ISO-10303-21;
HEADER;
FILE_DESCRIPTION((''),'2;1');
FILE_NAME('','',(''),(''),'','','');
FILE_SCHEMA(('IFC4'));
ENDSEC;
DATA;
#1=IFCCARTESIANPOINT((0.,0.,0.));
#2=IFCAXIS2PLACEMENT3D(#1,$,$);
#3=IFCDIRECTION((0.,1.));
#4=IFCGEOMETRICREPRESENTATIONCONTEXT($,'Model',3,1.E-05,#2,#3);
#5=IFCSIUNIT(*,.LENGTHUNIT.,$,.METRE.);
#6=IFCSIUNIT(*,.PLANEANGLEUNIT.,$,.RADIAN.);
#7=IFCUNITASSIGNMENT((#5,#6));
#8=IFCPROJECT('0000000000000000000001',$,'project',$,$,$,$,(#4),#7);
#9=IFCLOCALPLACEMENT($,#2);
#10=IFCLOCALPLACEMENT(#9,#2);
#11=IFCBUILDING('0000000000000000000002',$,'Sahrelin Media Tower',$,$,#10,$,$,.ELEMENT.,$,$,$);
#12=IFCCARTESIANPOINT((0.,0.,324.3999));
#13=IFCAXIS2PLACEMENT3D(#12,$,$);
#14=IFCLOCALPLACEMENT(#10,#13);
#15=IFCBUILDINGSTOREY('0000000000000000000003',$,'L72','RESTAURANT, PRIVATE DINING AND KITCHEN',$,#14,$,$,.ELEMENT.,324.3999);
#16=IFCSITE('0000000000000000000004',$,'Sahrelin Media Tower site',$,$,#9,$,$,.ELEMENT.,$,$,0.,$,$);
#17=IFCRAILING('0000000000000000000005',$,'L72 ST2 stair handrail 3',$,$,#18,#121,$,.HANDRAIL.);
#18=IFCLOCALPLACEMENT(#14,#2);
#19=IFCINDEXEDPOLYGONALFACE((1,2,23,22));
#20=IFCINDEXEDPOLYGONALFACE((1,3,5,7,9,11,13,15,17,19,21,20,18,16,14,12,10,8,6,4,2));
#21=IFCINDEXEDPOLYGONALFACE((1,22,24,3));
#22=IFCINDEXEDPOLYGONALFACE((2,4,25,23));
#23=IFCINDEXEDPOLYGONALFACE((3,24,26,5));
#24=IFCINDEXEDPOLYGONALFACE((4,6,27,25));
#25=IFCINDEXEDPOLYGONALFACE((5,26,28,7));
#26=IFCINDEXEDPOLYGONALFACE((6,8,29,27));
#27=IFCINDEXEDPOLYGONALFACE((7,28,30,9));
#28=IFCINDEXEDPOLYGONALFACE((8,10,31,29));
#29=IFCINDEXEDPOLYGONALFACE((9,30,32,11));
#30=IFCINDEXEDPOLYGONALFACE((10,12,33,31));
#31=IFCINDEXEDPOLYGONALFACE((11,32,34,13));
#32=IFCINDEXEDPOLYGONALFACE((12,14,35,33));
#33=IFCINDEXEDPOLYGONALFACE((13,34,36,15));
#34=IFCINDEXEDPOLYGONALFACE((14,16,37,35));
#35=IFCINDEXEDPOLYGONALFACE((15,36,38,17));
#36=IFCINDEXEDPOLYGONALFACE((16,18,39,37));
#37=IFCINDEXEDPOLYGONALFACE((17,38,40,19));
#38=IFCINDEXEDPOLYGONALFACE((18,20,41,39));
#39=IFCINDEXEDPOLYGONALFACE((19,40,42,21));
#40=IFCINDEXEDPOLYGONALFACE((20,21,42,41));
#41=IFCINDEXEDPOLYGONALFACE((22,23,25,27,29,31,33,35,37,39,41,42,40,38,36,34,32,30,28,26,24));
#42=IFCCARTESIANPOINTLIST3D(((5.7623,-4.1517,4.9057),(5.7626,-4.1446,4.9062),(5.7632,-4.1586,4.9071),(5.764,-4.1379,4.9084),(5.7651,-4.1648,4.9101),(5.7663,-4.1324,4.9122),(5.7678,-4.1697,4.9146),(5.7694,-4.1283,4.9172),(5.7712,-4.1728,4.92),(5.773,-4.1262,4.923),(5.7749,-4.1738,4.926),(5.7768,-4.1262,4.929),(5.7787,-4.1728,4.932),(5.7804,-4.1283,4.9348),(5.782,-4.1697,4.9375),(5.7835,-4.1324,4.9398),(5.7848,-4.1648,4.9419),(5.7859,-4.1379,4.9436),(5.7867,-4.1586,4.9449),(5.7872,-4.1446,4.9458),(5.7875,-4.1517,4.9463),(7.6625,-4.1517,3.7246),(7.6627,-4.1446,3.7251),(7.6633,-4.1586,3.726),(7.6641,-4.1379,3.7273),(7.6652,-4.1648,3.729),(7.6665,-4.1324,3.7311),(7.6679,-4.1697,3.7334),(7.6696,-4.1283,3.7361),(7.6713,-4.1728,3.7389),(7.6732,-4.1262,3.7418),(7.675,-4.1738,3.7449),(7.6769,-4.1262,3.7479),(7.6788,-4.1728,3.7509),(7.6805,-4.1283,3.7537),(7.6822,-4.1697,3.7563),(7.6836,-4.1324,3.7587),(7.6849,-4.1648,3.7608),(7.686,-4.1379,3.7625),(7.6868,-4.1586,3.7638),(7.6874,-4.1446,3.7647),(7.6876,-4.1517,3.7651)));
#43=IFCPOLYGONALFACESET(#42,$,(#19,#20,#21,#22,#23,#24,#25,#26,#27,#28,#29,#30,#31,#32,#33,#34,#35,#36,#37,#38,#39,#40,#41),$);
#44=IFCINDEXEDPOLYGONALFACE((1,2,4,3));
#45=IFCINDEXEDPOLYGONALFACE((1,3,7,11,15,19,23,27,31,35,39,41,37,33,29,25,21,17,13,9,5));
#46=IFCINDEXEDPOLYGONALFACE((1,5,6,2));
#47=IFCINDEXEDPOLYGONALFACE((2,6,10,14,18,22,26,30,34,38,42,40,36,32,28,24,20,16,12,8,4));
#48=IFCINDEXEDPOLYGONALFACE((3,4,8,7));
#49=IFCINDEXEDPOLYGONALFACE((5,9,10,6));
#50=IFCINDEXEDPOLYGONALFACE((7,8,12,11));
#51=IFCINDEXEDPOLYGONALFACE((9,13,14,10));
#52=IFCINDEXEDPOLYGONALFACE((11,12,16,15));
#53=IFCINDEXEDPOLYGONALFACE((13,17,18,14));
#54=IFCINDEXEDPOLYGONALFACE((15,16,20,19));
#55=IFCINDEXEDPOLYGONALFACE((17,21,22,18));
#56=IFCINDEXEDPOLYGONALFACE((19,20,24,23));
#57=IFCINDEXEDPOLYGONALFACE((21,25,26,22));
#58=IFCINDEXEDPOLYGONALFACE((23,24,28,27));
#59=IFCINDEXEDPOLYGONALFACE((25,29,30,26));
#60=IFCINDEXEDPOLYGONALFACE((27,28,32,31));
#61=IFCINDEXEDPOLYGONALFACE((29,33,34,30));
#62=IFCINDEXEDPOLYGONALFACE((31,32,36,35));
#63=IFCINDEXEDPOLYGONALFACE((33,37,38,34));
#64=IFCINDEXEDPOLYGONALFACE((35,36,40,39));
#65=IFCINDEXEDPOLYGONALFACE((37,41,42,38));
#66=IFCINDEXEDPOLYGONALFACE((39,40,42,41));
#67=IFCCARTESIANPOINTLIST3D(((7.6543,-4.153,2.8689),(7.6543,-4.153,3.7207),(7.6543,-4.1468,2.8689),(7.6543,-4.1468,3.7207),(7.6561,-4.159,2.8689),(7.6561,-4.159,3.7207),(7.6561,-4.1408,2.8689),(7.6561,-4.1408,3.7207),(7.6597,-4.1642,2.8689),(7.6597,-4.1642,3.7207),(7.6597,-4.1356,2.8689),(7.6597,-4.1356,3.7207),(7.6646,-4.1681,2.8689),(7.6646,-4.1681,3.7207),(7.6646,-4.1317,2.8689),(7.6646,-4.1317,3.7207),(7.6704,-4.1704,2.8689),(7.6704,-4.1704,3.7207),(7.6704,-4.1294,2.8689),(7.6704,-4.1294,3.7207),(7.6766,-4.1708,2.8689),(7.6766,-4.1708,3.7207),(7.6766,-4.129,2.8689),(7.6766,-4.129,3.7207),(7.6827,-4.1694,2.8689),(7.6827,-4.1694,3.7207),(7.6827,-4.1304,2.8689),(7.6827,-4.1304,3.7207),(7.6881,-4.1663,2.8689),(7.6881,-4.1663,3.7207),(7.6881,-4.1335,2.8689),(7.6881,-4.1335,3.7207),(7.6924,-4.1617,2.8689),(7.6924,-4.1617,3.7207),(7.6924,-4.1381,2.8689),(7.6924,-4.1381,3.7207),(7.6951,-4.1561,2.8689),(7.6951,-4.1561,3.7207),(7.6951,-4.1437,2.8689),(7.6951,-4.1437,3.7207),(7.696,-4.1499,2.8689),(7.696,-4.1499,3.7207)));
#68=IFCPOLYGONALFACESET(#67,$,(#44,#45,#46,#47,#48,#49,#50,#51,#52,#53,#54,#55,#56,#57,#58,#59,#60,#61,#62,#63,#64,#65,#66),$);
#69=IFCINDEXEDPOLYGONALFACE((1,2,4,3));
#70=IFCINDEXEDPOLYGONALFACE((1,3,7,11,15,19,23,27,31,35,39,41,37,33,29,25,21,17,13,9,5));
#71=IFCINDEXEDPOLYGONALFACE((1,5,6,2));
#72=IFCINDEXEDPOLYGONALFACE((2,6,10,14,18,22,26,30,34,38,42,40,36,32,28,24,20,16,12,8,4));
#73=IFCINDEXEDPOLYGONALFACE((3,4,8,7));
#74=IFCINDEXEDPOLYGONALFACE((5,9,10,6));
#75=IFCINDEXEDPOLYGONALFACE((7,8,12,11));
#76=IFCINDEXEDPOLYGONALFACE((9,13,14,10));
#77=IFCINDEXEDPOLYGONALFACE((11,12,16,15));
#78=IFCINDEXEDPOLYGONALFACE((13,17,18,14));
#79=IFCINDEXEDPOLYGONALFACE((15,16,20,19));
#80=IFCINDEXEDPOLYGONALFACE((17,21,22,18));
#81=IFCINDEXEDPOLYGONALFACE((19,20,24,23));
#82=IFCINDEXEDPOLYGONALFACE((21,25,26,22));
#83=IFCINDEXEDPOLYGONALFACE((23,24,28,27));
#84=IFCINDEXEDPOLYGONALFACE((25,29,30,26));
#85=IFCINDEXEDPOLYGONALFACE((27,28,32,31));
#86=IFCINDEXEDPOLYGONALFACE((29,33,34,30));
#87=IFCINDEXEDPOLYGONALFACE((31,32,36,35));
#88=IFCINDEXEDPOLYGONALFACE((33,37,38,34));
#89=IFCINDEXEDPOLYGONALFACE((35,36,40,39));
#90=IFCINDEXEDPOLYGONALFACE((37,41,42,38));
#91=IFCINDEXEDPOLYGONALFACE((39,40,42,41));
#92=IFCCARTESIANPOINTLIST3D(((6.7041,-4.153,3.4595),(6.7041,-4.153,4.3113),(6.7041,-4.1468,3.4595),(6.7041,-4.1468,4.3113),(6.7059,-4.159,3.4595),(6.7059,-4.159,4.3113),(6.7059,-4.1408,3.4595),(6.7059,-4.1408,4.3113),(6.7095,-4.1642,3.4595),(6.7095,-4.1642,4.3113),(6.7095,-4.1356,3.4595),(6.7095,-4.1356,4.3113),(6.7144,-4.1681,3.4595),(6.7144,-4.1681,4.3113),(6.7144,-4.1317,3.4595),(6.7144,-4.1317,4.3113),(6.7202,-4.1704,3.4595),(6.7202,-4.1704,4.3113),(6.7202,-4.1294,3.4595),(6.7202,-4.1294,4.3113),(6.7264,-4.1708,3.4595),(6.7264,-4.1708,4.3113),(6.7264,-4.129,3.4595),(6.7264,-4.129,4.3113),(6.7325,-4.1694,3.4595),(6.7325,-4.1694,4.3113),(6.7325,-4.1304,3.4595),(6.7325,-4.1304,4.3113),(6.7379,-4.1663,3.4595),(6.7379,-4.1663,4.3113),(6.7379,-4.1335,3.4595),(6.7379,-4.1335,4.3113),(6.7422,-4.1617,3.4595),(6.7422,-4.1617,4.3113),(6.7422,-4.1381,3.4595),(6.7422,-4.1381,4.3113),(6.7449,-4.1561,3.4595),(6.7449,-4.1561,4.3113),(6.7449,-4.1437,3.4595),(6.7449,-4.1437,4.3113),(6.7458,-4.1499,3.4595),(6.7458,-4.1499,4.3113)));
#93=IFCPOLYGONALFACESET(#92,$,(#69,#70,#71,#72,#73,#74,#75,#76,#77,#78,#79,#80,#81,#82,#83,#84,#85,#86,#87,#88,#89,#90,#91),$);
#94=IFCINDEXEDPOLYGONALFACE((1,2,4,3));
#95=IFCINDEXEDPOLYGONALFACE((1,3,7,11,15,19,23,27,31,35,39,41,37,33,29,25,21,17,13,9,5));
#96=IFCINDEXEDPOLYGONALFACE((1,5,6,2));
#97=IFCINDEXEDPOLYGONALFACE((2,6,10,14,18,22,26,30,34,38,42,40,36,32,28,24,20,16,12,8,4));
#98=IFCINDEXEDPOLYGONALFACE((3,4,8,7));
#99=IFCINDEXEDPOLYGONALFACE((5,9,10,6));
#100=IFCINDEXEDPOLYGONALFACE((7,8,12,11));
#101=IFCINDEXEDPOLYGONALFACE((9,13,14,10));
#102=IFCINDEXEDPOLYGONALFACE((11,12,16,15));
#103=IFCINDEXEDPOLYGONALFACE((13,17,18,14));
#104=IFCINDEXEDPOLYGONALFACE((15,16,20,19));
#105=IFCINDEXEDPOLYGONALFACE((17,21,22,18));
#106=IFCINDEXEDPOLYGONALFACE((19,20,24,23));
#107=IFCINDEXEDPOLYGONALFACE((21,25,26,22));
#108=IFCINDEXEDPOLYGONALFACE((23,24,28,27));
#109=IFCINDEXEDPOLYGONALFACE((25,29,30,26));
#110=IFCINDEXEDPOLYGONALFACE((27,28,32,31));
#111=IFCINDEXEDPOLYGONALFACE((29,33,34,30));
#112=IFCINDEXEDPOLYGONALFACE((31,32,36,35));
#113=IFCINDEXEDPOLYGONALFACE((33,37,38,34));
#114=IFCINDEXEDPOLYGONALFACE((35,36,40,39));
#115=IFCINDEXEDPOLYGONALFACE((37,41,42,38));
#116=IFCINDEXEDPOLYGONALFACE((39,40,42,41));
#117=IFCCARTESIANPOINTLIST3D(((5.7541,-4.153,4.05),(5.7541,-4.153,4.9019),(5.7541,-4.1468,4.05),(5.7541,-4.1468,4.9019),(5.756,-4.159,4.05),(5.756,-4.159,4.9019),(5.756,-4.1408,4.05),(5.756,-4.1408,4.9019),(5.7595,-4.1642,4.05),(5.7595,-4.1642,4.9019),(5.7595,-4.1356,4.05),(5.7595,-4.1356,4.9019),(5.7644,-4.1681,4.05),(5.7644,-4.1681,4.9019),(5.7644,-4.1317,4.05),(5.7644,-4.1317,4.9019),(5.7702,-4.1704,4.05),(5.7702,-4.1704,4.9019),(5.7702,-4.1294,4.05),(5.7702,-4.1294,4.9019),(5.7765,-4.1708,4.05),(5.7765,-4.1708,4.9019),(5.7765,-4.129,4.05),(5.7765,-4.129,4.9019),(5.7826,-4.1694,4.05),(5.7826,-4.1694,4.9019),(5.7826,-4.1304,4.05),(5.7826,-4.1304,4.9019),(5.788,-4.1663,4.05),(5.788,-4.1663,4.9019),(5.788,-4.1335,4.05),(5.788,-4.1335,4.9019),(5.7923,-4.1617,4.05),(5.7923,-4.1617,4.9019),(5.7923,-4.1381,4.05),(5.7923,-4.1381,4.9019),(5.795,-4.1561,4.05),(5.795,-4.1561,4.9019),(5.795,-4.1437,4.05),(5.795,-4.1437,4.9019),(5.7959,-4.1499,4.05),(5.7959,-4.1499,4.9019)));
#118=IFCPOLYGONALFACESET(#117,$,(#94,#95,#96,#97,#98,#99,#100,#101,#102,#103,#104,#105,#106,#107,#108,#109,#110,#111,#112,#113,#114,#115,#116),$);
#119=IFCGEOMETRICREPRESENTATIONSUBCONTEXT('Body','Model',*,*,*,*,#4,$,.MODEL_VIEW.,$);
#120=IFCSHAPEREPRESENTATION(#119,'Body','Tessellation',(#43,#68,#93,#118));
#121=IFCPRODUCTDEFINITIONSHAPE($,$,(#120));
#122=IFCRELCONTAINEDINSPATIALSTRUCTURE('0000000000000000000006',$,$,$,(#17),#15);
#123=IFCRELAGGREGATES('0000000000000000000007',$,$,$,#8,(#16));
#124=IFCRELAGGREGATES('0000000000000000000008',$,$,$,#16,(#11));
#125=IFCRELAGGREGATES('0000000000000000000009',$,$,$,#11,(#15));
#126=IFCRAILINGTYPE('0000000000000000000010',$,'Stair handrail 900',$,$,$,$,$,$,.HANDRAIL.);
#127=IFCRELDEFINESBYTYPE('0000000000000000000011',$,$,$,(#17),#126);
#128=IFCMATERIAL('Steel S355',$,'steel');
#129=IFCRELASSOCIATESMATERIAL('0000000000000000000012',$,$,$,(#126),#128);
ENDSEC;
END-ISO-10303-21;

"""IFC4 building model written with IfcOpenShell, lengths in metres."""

from ifc_helpers import new_model, si_unit, direction, frame, origin, origin_2d, place, context, subcontext, project, spatial, circle, extrude, material, type_object, element, save


model = new_model("IFC4")

# Units and contexts
model_context = context("Model", 3, precision=1e-05, world=origin(), true_north=direction((0.0, 1.0)))
body_context = subcontext(model_context, "Body", "Model", "MODEL_VIEW")
ifc_project = project(units=[si_unit("LENGTHUNIT", "METRE"), si_unit("PLANEANGLEUNIT", "RADIAN")], contexts=[model_context])

# Site, building, storey
site_placement = place(None, origin())
site = spatial("IfcSite", under=ifc_project, at=site_placement, Name="Sahrelin Media Tower site", CompositionType="ELEMENT", RefElevation=0.0)
building_placement = place(site_placement, origin())
building = spatial("IfcBuilding", under=site, at=building_placement, Name="Sahrelin Media Tower", CompositionType="ELEMENT")
storey_placement = place(building_placement, frame((0.0, 0.0, 324.3999)))
storey = spatial("IfcBuildingStorey", under=building, at=storey_placement, Name="L72", Description="RESTAURANT, PRIVATE DINING AND KITCHEN", CompositionType="ELEMENT", Elevation=324.3999)

# Railing
ifc_material_1 = material(Name="Steel S355", Category="steel")
railing_type_1 = type_object("IfcRailingType", Name="Stair handrail 900", PredefinedType="HANDRAIL", material=ifc_material_1)
railing_1_placement = place(storey_placement, frame((7.675, -4.1499, 2.8689)))
element("IfcRailing", 1, at=railing_1_placement, inside=storey, type_object=railing_type_1, Name="L72 ST2 stair handrail 3", PredefinedType="HANDRAIL", context=body_context, shape_type="SweptSolid", body=[
    extrude(circle(Radius=0.0239, at=origin_2d()), frame((0.0, 0.0, 0.876), z_axis=(-0.849289, 0.0, 0.527928), x_axis=(0.0, -1.0, 0.0)), (0.0, 0.0, 1.0), 2.2373),
    extrude(circle(Radius=0.021, at=origin_2d()), origin(), (0.0, 0.0, 1.0), 0.8518),
    extrude(circle(Radius=0.021, at=origin_2d()), frame((-0.9502, 0.0, 0.5906)), (0.0, 0.0, 1.0), 0.8518),
    extrude(circle(Radius=0.021, at=origin_2d()), frame((-1.9001, 0.0, 1.1812)), (0.0, 0.0, 1.0), 0.8518),
])

save(model, "model.ifc")
